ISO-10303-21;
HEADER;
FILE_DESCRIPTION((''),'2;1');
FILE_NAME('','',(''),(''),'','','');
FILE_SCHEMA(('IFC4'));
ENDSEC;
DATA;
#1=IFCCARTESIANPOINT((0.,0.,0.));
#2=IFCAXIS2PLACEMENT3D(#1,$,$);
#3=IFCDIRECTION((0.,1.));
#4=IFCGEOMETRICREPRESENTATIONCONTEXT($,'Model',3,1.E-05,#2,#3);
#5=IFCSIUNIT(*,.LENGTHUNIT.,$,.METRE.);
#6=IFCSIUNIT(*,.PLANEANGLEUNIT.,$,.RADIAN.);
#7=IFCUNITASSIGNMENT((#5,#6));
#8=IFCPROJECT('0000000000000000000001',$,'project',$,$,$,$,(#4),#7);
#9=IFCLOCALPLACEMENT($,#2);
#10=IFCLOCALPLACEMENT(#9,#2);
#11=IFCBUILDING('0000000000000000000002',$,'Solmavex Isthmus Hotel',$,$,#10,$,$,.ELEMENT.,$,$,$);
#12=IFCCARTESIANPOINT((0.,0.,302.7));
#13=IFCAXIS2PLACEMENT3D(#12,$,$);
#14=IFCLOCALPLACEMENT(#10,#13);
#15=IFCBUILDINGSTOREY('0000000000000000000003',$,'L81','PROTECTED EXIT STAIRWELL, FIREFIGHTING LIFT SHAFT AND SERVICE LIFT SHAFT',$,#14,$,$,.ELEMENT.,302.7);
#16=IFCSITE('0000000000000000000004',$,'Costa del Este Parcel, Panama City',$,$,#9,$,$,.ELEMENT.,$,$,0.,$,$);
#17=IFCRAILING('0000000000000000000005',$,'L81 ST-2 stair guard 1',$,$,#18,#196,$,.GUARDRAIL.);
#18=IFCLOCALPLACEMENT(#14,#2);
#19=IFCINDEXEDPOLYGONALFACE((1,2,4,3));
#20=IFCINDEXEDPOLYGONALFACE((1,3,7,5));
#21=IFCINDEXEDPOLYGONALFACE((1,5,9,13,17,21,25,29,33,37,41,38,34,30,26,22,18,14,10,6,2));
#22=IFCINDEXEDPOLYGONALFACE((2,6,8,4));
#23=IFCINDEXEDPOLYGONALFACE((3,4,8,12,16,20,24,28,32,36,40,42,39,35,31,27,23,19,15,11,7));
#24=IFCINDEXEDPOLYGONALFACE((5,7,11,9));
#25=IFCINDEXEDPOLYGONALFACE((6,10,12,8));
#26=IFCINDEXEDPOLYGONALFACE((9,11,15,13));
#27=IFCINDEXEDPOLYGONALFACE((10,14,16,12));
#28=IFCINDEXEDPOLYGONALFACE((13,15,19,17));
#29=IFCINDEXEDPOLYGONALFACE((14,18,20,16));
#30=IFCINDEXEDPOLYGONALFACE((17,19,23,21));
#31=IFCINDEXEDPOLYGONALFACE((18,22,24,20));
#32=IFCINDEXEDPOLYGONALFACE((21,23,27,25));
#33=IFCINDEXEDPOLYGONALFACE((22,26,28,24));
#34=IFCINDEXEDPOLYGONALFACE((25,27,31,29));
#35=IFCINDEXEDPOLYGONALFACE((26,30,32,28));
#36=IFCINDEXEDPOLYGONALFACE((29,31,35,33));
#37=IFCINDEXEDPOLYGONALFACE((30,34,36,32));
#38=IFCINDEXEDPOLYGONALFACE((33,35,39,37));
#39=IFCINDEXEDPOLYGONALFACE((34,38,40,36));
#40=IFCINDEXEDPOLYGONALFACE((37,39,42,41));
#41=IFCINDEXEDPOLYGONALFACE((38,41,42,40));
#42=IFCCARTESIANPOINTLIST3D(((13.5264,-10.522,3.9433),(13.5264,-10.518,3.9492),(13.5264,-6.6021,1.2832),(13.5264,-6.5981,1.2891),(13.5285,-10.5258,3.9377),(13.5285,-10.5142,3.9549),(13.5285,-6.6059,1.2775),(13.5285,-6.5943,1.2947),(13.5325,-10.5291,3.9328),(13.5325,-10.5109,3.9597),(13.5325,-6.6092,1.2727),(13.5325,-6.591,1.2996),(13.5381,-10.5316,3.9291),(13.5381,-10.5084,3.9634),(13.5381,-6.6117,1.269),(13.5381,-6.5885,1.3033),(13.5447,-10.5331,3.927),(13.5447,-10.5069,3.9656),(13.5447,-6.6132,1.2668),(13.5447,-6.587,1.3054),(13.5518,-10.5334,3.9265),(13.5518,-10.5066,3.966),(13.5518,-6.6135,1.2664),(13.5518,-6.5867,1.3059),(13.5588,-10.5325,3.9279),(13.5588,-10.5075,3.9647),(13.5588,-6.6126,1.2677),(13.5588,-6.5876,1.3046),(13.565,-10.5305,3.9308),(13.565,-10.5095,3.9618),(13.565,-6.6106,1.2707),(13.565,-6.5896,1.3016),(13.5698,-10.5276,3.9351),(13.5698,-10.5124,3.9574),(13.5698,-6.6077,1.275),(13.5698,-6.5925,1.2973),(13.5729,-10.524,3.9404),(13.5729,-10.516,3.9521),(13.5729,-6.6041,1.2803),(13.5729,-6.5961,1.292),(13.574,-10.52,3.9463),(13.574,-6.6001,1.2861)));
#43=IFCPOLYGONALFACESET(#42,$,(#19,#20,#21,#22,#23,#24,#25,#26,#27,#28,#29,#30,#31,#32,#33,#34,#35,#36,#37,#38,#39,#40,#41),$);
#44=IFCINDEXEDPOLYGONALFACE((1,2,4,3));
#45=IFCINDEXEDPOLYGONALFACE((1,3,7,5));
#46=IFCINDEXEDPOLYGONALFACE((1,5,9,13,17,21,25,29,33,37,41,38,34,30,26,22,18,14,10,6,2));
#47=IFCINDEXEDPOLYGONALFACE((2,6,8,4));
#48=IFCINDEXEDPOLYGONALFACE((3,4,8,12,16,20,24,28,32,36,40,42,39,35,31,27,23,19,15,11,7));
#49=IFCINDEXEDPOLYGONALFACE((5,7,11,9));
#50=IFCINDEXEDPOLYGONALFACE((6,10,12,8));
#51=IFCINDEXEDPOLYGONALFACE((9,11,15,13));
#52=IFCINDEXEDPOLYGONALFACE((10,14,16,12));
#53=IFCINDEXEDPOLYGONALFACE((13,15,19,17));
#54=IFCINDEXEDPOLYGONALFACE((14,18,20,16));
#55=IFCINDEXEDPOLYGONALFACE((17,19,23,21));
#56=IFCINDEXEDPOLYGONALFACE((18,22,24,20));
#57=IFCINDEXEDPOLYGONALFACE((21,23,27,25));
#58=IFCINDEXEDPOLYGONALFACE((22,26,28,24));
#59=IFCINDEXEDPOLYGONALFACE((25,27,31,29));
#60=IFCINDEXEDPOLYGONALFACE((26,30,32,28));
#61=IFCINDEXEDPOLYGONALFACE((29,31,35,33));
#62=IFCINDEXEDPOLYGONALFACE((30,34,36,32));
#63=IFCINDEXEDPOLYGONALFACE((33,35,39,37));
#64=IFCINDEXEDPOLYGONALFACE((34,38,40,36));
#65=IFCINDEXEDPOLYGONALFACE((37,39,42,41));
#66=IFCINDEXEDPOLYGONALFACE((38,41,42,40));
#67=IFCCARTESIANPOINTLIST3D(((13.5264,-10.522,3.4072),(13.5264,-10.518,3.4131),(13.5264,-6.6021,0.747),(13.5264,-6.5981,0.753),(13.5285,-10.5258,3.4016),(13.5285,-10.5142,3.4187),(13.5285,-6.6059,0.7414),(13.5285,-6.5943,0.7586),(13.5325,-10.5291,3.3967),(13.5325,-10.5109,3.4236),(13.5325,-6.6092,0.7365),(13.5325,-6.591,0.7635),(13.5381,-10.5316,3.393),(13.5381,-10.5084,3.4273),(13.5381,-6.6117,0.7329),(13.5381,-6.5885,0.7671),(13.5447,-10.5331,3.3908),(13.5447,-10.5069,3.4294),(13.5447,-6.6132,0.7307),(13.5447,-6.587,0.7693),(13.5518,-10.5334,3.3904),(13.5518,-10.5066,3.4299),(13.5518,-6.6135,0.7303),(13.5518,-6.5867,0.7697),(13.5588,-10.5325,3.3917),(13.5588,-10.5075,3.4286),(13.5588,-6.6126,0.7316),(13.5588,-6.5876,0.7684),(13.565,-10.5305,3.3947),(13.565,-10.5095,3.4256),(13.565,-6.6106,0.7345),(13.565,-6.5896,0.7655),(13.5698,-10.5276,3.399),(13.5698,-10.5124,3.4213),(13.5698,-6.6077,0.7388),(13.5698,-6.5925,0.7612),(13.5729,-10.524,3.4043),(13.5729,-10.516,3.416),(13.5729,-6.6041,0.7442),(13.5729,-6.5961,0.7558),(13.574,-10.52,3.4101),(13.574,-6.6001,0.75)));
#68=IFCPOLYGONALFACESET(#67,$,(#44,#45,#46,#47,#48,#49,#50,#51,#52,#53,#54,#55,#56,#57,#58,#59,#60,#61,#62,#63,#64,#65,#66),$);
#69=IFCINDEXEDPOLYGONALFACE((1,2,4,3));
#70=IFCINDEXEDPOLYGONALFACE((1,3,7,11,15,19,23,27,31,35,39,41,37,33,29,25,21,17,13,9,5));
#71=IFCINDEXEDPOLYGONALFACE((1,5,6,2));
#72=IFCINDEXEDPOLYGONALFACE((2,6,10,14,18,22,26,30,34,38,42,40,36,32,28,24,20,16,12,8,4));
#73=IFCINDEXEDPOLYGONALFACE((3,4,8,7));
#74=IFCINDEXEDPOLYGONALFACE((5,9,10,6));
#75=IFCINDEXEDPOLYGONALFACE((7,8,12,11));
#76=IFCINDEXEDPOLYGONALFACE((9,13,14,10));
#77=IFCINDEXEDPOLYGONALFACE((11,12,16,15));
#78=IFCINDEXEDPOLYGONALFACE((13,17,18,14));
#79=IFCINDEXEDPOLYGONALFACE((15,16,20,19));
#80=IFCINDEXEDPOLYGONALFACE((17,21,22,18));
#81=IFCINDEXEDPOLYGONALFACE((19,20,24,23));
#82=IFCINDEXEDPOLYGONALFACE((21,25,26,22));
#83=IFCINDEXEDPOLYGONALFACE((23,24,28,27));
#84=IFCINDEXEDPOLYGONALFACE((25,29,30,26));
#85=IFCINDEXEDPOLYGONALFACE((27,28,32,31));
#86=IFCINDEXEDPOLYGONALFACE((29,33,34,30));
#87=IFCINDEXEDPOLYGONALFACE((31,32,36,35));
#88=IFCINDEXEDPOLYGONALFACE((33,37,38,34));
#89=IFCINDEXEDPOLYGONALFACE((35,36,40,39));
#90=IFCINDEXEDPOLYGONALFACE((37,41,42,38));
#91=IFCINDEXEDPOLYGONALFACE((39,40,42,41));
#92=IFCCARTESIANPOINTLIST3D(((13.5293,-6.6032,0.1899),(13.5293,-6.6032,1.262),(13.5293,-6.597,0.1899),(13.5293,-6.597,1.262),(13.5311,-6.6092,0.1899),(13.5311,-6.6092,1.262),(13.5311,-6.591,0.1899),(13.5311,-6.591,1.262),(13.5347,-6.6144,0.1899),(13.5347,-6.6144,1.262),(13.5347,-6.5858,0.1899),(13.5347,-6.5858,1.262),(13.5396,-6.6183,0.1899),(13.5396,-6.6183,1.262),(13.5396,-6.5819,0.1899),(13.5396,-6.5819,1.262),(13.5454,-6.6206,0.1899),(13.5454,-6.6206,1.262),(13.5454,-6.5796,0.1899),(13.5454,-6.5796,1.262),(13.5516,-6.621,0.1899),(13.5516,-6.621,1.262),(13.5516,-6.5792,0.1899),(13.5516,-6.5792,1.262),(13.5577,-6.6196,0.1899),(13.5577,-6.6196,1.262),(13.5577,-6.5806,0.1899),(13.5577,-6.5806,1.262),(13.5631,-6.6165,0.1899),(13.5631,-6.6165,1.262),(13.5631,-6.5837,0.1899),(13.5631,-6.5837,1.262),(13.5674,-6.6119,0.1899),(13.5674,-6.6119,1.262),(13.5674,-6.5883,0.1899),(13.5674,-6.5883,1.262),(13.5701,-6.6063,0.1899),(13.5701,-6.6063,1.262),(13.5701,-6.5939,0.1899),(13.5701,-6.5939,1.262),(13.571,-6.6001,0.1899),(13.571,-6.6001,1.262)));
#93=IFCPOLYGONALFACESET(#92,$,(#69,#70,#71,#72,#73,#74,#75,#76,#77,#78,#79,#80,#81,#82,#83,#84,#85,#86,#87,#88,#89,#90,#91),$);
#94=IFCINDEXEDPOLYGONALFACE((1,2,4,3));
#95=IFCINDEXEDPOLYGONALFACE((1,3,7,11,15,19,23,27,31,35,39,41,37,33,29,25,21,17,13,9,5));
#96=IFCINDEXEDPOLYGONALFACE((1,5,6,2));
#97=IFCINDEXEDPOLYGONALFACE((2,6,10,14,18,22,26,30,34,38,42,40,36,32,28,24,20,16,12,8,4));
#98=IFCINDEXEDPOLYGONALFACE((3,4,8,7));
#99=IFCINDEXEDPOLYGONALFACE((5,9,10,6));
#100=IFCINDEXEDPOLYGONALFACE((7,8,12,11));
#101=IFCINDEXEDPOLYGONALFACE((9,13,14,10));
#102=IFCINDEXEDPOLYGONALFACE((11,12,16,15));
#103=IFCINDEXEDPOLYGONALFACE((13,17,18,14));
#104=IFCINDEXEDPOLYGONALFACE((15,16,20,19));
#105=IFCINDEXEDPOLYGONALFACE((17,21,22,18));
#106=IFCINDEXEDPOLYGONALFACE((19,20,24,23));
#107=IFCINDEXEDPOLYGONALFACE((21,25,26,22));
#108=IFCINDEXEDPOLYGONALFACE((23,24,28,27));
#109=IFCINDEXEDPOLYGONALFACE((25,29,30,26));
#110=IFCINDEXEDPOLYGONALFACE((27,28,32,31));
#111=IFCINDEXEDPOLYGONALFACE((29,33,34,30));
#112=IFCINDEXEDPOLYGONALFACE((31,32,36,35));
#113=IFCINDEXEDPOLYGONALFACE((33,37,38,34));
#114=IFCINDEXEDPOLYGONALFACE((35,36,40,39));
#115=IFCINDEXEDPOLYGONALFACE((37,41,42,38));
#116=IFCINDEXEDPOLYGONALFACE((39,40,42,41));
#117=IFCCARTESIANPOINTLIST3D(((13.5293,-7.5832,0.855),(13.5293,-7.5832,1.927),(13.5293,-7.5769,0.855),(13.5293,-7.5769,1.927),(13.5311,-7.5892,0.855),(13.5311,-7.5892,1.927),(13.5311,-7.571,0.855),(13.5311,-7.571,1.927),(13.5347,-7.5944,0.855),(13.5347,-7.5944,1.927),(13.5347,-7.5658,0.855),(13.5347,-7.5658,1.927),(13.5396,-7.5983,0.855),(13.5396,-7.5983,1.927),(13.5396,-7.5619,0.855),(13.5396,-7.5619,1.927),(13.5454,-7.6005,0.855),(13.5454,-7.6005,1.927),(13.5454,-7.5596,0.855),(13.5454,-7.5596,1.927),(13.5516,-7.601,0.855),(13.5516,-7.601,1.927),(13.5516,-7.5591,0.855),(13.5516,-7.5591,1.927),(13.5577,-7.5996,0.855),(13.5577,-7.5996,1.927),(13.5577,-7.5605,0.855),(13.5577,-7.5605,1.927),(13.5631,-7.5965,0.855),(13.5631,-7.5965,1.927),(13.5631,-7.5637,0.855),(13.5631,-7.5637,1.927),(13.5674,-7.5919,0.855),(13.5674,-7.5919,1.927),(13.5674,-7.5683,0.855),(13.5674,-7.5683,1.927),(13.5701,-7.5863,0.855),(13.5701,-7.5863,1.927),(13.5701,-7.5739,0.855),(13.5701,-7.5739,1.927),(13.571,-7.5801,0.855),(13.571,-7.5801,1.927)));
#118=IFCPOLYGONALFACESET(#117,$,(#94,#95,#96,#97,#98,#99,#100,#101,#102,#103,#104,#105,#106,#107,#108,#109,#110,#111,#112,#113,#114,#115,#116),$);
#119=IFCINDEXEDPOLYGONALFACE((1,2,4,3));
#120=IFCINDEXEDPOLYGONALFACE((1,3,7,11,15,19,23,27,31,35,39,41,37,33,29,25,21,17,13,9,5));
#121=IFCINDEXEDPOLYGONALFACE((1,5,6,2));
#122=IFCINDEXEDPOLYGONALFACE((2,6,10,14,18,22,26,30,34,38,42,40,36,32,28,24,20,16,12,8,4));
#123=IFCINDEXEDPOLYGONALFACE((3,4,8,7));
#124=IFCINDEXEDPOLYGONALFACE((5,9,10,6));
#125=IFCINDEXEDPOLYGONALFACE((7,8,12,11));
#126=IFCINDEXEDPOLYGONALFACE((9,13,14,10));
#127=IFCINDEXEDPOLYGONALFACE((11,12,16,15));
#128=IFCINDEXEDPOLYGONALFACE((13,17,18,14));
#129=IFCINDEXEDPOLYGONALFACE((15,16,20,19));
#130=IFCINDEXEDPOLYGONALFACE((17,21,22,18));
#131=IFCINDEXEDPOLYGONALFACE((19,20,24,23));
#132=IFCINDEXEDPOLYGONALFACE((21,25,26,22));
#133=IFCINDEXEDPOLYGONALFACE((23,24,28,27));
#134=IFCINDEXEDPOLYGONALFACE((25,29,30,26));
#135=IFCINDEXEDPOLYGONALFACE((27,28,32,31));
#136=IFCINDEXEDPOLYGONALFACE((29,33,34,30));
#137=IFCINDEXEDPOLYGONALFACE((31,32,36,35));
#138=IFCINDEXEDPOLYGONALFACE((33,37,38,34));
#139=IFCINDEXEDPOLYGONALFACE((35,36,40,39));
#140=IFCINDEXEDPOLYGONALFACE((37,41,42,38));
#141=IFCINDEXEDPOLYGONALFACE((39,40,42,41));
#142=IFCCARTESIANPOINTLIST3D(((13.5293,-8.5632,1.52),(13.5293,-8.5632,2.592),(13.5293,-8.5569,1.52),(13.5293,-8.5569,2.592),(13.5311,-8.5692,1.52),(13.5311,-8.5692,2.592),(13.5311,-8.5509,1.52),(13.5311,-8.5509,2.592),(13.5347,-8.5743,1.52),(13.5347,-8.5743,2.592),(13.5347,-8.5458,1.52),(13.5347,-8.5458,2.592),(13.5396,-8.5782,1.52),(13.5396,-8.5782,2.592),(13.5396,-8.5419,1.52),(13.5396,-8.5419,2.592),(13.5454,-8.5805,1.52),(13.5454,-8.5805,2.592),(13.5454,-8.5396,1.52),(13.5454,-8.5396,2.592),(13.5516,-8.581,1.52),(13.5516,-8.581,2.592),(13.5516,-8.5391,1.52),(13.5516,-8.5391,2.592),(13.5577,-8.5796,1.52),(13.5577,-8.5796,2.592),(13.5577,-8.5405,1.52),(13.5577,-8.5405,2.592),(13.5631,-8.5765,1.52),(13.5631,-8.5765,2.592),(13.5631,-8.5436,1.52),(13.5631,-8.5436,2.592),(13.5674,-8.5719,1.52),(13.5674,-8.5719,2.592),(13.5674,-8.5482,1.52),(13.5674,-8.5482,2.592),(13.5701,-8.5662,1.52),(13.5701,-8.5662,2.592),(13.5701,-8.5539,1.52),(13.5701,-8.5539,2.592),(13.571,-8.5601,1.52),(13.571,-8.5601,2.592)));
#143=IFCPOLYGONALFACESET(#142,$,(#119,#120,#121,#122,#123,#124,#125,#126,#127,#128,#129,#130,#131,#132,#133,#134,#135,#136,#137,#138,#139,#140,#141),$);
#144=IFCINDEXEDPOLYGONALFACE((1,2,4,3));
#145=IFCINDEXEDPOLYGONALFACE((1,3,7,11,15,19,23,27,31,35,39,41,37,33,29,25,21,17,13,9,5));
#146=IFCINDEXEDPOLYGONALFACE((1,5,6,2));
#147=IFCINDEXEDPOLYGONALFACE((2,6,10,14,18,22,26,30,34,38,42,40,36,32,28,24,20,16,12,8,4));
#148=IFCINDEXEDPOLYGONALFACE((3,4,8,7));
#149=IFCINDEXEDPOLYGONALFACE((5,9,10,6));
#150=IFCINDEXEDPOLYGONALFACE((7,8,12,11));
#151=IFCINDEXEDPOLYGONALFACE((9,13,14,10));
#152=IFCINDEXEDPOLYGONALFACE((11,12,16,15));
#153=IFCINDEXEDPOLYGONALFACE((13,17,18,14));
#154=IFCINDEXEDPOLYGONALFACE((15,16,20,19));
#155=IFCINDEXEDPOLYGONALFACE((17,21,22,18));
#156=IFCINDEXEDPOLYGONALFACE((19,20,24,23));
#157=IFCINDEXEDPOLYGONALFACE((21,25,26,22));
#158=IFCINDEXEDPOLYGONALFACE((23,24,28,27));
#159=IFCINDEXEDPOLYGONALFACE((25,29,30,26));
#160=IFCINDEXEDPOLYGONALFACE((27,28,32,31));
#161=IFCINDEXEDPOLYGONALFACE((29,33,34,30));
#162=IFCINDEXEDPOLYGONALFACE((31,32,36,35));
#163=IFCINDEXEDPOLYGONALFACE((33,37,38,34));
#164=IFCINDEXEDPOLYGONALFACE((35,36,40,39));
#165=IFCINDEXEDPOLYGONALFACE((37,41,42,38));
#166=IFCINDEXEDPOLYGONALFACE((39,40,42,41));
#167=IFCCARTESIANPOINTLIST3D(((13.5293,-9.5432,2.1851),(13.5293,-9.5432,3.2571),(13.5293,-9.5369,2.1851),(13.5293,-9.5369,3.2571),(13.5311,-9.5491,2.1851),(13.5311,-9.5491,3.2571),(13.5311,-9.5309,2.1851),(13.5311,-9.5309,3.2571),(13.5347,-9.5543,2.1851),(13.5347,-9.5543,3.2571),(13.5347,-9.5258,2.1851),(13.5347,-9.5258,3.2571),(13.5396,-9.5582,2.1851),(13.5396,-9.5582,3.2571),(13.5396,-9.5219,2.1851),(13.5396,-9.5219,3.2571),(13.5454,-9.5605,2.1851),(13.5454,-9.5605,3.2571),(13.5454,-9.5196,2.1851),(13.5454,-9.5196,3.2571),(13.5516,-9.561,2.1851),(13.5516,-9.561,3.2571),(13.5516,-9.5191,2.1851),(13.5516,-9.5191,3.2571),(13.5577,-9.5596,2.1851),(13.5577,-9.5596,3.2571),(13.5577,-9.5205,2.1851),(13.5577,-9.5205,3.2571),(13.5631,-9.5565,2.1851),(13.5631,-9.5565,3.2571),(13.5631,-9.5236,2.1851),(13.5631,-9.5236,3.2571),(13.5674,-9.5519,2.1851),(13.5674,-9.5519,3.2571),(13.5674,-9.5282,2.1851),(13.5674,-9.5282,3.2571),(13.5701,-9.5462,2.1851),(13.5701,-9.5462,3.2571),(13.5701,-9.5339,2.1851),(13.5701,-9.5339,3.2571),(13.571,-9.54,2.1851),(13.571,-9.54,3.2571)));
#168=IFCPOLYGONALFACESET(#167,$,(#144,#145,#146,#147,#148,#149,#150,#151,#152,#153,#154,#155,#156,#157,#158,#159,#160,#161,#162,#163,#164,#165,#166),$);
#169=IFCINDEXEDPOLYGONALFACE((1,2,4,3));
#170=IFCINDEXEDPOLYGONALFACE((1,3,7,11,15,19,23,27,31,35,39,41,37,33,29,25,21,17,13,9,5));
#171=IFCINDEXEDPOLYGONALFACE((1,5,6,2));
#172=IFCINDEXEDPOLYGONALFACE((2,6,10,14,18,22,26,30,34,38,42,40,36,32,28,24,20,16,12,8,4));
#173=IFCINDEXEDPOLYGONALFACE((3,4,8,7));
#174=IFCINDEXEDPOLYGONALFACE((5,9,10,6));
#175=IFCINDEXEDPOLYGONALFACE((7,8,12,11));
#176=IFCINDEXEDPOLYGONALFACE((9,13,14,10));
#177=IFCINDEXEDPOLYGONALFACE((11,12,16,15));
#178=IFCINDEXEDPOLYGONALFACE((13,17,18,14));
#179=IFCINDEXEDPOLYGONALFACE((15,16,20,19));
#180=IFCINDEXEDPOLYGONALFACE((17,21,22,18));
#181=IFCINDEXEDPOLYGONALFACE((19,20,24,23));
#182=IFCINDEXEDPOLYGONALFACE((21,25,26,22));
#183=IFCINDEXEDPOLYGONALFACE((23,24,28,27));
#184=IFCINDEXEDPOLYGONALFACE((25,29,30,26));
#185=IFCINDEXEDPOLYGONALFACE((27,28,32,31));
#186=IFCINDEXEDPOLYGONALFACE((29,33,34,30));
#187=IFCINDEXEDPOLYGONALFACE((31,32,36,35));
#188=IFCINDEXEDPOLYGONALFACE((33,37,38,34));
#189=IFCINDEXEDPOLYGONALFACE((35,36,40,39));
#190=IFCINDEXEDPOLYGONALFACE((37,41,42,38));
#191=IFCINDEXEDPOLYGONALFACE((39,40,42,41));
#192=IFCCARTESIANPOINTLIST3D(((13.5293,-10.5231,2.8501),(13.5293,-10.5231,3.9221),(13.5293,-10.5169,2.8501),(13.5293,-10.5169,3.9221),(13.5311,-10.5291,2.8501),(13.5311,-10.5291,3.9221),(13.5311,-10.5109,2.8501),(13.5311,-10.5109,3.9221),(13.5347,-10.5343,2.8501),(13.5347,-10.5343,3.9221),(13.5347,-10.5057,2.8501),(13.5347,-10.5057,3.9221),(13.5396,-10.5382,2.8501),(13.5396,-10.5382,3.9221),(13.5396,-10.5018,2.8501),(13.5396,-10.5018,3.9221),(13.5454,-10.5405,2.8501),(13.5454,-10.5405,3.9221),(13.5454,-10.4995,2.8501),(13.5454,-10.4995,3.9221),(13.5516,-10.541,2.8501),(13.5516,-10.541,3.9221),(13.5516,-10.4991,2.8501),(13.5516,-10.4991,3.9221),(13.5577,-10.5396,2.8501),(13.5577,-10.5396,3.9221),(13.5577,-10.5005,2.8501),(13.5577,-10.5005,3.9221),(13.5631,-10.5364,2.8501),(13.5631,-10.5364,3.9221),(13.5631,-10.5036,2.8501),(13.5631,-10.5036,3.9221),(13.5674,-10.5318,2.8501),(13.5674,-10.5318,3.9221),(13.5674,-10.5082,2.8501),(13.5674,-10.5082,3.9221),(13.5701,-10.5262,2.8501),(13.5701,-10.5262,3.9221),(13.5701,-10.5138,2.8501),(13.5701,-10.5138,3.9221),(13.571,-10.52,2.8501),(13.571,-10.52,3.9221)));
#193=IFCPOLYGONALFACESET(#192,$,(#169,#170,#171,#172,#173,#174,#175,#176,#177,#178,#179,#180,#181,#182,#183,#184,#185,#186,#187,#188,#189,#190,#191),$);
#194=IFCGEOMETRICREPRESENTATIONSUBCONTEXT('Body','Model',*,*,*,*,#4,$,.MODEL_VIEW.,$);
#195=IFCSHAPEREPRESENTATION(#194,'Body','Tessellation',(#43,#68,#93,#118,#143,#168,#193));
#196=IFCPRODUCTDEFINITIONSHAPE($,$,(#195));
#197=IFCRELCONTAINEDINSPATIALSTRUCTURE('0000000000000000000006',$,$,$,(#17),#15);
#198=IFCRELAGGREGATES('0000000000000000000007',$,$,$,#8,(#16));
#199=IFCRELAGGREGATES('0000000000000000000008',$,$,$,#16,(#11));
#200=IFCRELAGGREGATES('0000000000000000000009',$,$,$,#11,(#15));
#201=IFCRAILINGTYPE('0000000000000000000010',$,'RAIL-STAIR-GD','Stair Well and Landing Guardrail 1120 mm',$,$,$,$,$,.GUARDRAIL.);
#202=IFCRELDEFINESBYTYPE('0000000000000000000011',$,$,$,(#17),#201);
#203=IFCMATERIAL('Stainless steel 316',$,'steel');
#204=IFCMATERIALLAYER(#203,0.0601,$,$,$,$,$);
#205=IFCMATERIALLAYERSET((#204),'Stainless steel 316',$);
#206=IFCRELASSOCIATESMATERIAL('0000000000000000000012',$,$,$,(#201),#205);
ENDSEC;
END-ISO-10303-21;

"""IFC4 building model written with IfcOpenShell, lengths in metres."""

from ifc_helpers import new_model, si_unit, direction, frame, origin, origin_2d, place, context, subcontext, project, spatial, circle, extrude, material, layer, layer_set, type_object, element, save


model = new_model("IFC4")

# Units and contexts
model_context = context("Model", 3, precision=1e-05, world=origin(), true_north=direction((0.0, 1.0)))
body_context = subcontext(model_context, "Body", "Model", "MODEL_VIEW")
ifc_project = project(units=[si_unit("LENGTHUNIT", "METRE"), si_unit("PLANEANGLEUNIT", "RADIAN")], contexts=[model_context])

# Site, building, storey
site_placement = place(None, origin())
site = spatial("IfcSite", under=ifc_project, at=site_placement, Name="Costa del Este Parcel, Panama City", CompositionType="ELEMENT", RefElevation=0.0)
building_placement = place(site_placement, origin())
building = spatial("IfcBuilding", under=site, at=building_placement, Name="Solmavex Isthmus Hotel", CompositionType="ELEMENT")
storey_placement = place(building_placement, frame((0.0, 0.0, 302.7)))
storey = spatial("IfcBuildingStorey", under=building, at=storey_placement, Name="L81", Description="PROTECTED EXIT STAIRWELL, FIREFIGHTING LIFT SHAFT AND SERVICE LIFT SHAFT", CompositionType="ELEMENT", Elevation=302.7)

# Railing
ifc_material_1 = material(Name="Stainless steel 316", Category="steel")
ifc_layer_1 = layer(ifc_material_1, 0.0601)
ifc_layer_set_1 = layer_set([ifc_layer_1], Name="Stainless steel 316")
railing_type_1 = type_object("IfcRailingType", Name="RAIL-STAIR-GD", Description="Stair Well and Landing Guardrail 1120 mm", PredefinedType="GUARDRAIL", material=ifc_layer_set_1)
railing_1_placement = place(storey_placement, frame((13.55, -6.6001, 0.1899)))
element("IfcRailing", 1, at=railing_1_placement, inside=storey, type_object=railing_type_1, Name="L81 ST-2 stair guard 1", PredefinedType="GUARDRAIL", context=body_context, shape_type="SweptSolid", body=[
    extrude(circle(Radius=0.0239, at=origin_2d()), frame((0.0, 0.0, 1.0962), z_axis=(0.0, -0.827455, 0.561532), x_axis=(1.0, 0.0, 0.0)), (0.0, 0.0, 1.0), 4.7373),
    extrude(circle(Radius=0.0239, at=origin_2d()), frame((0.0, 0.0, 0.5601), z_axis=(0.0, -0.827455, 0.561532), x_axis=(1.0, 0.0, 0.0)), (0.0, 0.0, 1.0), 4.7373),
    extrude(circle(Radius=0.021, at=origin_2d()), origin(), (0.0, 0.0, 1.0), 1.072),
    extrude(circle(Radius=0.021, at=origin_2d()), frame((0.0, -0.98, 0.665)), (0.0, 0.0, 1.0), 1.072),
    extrude(circle(Radius=0.021, at=origin_2d()), frame((0.0, -1.96, 1.3301)), (0.0, 0.0, 1.0), 1.072),
    extrude(circle(Radius=0.021, at=origin_2d()), frame((0.0, -2.9399, 1.9951)), (0.0, 0.0, 1.0), 1.072),
    extrude(circle(Radius=0.021, at=origin_2d()), frame((0.0, -3.9199, 2.6602)), (0.0, 0.0, 1.0), 1.072),
])

save(model, "model.ifc")
